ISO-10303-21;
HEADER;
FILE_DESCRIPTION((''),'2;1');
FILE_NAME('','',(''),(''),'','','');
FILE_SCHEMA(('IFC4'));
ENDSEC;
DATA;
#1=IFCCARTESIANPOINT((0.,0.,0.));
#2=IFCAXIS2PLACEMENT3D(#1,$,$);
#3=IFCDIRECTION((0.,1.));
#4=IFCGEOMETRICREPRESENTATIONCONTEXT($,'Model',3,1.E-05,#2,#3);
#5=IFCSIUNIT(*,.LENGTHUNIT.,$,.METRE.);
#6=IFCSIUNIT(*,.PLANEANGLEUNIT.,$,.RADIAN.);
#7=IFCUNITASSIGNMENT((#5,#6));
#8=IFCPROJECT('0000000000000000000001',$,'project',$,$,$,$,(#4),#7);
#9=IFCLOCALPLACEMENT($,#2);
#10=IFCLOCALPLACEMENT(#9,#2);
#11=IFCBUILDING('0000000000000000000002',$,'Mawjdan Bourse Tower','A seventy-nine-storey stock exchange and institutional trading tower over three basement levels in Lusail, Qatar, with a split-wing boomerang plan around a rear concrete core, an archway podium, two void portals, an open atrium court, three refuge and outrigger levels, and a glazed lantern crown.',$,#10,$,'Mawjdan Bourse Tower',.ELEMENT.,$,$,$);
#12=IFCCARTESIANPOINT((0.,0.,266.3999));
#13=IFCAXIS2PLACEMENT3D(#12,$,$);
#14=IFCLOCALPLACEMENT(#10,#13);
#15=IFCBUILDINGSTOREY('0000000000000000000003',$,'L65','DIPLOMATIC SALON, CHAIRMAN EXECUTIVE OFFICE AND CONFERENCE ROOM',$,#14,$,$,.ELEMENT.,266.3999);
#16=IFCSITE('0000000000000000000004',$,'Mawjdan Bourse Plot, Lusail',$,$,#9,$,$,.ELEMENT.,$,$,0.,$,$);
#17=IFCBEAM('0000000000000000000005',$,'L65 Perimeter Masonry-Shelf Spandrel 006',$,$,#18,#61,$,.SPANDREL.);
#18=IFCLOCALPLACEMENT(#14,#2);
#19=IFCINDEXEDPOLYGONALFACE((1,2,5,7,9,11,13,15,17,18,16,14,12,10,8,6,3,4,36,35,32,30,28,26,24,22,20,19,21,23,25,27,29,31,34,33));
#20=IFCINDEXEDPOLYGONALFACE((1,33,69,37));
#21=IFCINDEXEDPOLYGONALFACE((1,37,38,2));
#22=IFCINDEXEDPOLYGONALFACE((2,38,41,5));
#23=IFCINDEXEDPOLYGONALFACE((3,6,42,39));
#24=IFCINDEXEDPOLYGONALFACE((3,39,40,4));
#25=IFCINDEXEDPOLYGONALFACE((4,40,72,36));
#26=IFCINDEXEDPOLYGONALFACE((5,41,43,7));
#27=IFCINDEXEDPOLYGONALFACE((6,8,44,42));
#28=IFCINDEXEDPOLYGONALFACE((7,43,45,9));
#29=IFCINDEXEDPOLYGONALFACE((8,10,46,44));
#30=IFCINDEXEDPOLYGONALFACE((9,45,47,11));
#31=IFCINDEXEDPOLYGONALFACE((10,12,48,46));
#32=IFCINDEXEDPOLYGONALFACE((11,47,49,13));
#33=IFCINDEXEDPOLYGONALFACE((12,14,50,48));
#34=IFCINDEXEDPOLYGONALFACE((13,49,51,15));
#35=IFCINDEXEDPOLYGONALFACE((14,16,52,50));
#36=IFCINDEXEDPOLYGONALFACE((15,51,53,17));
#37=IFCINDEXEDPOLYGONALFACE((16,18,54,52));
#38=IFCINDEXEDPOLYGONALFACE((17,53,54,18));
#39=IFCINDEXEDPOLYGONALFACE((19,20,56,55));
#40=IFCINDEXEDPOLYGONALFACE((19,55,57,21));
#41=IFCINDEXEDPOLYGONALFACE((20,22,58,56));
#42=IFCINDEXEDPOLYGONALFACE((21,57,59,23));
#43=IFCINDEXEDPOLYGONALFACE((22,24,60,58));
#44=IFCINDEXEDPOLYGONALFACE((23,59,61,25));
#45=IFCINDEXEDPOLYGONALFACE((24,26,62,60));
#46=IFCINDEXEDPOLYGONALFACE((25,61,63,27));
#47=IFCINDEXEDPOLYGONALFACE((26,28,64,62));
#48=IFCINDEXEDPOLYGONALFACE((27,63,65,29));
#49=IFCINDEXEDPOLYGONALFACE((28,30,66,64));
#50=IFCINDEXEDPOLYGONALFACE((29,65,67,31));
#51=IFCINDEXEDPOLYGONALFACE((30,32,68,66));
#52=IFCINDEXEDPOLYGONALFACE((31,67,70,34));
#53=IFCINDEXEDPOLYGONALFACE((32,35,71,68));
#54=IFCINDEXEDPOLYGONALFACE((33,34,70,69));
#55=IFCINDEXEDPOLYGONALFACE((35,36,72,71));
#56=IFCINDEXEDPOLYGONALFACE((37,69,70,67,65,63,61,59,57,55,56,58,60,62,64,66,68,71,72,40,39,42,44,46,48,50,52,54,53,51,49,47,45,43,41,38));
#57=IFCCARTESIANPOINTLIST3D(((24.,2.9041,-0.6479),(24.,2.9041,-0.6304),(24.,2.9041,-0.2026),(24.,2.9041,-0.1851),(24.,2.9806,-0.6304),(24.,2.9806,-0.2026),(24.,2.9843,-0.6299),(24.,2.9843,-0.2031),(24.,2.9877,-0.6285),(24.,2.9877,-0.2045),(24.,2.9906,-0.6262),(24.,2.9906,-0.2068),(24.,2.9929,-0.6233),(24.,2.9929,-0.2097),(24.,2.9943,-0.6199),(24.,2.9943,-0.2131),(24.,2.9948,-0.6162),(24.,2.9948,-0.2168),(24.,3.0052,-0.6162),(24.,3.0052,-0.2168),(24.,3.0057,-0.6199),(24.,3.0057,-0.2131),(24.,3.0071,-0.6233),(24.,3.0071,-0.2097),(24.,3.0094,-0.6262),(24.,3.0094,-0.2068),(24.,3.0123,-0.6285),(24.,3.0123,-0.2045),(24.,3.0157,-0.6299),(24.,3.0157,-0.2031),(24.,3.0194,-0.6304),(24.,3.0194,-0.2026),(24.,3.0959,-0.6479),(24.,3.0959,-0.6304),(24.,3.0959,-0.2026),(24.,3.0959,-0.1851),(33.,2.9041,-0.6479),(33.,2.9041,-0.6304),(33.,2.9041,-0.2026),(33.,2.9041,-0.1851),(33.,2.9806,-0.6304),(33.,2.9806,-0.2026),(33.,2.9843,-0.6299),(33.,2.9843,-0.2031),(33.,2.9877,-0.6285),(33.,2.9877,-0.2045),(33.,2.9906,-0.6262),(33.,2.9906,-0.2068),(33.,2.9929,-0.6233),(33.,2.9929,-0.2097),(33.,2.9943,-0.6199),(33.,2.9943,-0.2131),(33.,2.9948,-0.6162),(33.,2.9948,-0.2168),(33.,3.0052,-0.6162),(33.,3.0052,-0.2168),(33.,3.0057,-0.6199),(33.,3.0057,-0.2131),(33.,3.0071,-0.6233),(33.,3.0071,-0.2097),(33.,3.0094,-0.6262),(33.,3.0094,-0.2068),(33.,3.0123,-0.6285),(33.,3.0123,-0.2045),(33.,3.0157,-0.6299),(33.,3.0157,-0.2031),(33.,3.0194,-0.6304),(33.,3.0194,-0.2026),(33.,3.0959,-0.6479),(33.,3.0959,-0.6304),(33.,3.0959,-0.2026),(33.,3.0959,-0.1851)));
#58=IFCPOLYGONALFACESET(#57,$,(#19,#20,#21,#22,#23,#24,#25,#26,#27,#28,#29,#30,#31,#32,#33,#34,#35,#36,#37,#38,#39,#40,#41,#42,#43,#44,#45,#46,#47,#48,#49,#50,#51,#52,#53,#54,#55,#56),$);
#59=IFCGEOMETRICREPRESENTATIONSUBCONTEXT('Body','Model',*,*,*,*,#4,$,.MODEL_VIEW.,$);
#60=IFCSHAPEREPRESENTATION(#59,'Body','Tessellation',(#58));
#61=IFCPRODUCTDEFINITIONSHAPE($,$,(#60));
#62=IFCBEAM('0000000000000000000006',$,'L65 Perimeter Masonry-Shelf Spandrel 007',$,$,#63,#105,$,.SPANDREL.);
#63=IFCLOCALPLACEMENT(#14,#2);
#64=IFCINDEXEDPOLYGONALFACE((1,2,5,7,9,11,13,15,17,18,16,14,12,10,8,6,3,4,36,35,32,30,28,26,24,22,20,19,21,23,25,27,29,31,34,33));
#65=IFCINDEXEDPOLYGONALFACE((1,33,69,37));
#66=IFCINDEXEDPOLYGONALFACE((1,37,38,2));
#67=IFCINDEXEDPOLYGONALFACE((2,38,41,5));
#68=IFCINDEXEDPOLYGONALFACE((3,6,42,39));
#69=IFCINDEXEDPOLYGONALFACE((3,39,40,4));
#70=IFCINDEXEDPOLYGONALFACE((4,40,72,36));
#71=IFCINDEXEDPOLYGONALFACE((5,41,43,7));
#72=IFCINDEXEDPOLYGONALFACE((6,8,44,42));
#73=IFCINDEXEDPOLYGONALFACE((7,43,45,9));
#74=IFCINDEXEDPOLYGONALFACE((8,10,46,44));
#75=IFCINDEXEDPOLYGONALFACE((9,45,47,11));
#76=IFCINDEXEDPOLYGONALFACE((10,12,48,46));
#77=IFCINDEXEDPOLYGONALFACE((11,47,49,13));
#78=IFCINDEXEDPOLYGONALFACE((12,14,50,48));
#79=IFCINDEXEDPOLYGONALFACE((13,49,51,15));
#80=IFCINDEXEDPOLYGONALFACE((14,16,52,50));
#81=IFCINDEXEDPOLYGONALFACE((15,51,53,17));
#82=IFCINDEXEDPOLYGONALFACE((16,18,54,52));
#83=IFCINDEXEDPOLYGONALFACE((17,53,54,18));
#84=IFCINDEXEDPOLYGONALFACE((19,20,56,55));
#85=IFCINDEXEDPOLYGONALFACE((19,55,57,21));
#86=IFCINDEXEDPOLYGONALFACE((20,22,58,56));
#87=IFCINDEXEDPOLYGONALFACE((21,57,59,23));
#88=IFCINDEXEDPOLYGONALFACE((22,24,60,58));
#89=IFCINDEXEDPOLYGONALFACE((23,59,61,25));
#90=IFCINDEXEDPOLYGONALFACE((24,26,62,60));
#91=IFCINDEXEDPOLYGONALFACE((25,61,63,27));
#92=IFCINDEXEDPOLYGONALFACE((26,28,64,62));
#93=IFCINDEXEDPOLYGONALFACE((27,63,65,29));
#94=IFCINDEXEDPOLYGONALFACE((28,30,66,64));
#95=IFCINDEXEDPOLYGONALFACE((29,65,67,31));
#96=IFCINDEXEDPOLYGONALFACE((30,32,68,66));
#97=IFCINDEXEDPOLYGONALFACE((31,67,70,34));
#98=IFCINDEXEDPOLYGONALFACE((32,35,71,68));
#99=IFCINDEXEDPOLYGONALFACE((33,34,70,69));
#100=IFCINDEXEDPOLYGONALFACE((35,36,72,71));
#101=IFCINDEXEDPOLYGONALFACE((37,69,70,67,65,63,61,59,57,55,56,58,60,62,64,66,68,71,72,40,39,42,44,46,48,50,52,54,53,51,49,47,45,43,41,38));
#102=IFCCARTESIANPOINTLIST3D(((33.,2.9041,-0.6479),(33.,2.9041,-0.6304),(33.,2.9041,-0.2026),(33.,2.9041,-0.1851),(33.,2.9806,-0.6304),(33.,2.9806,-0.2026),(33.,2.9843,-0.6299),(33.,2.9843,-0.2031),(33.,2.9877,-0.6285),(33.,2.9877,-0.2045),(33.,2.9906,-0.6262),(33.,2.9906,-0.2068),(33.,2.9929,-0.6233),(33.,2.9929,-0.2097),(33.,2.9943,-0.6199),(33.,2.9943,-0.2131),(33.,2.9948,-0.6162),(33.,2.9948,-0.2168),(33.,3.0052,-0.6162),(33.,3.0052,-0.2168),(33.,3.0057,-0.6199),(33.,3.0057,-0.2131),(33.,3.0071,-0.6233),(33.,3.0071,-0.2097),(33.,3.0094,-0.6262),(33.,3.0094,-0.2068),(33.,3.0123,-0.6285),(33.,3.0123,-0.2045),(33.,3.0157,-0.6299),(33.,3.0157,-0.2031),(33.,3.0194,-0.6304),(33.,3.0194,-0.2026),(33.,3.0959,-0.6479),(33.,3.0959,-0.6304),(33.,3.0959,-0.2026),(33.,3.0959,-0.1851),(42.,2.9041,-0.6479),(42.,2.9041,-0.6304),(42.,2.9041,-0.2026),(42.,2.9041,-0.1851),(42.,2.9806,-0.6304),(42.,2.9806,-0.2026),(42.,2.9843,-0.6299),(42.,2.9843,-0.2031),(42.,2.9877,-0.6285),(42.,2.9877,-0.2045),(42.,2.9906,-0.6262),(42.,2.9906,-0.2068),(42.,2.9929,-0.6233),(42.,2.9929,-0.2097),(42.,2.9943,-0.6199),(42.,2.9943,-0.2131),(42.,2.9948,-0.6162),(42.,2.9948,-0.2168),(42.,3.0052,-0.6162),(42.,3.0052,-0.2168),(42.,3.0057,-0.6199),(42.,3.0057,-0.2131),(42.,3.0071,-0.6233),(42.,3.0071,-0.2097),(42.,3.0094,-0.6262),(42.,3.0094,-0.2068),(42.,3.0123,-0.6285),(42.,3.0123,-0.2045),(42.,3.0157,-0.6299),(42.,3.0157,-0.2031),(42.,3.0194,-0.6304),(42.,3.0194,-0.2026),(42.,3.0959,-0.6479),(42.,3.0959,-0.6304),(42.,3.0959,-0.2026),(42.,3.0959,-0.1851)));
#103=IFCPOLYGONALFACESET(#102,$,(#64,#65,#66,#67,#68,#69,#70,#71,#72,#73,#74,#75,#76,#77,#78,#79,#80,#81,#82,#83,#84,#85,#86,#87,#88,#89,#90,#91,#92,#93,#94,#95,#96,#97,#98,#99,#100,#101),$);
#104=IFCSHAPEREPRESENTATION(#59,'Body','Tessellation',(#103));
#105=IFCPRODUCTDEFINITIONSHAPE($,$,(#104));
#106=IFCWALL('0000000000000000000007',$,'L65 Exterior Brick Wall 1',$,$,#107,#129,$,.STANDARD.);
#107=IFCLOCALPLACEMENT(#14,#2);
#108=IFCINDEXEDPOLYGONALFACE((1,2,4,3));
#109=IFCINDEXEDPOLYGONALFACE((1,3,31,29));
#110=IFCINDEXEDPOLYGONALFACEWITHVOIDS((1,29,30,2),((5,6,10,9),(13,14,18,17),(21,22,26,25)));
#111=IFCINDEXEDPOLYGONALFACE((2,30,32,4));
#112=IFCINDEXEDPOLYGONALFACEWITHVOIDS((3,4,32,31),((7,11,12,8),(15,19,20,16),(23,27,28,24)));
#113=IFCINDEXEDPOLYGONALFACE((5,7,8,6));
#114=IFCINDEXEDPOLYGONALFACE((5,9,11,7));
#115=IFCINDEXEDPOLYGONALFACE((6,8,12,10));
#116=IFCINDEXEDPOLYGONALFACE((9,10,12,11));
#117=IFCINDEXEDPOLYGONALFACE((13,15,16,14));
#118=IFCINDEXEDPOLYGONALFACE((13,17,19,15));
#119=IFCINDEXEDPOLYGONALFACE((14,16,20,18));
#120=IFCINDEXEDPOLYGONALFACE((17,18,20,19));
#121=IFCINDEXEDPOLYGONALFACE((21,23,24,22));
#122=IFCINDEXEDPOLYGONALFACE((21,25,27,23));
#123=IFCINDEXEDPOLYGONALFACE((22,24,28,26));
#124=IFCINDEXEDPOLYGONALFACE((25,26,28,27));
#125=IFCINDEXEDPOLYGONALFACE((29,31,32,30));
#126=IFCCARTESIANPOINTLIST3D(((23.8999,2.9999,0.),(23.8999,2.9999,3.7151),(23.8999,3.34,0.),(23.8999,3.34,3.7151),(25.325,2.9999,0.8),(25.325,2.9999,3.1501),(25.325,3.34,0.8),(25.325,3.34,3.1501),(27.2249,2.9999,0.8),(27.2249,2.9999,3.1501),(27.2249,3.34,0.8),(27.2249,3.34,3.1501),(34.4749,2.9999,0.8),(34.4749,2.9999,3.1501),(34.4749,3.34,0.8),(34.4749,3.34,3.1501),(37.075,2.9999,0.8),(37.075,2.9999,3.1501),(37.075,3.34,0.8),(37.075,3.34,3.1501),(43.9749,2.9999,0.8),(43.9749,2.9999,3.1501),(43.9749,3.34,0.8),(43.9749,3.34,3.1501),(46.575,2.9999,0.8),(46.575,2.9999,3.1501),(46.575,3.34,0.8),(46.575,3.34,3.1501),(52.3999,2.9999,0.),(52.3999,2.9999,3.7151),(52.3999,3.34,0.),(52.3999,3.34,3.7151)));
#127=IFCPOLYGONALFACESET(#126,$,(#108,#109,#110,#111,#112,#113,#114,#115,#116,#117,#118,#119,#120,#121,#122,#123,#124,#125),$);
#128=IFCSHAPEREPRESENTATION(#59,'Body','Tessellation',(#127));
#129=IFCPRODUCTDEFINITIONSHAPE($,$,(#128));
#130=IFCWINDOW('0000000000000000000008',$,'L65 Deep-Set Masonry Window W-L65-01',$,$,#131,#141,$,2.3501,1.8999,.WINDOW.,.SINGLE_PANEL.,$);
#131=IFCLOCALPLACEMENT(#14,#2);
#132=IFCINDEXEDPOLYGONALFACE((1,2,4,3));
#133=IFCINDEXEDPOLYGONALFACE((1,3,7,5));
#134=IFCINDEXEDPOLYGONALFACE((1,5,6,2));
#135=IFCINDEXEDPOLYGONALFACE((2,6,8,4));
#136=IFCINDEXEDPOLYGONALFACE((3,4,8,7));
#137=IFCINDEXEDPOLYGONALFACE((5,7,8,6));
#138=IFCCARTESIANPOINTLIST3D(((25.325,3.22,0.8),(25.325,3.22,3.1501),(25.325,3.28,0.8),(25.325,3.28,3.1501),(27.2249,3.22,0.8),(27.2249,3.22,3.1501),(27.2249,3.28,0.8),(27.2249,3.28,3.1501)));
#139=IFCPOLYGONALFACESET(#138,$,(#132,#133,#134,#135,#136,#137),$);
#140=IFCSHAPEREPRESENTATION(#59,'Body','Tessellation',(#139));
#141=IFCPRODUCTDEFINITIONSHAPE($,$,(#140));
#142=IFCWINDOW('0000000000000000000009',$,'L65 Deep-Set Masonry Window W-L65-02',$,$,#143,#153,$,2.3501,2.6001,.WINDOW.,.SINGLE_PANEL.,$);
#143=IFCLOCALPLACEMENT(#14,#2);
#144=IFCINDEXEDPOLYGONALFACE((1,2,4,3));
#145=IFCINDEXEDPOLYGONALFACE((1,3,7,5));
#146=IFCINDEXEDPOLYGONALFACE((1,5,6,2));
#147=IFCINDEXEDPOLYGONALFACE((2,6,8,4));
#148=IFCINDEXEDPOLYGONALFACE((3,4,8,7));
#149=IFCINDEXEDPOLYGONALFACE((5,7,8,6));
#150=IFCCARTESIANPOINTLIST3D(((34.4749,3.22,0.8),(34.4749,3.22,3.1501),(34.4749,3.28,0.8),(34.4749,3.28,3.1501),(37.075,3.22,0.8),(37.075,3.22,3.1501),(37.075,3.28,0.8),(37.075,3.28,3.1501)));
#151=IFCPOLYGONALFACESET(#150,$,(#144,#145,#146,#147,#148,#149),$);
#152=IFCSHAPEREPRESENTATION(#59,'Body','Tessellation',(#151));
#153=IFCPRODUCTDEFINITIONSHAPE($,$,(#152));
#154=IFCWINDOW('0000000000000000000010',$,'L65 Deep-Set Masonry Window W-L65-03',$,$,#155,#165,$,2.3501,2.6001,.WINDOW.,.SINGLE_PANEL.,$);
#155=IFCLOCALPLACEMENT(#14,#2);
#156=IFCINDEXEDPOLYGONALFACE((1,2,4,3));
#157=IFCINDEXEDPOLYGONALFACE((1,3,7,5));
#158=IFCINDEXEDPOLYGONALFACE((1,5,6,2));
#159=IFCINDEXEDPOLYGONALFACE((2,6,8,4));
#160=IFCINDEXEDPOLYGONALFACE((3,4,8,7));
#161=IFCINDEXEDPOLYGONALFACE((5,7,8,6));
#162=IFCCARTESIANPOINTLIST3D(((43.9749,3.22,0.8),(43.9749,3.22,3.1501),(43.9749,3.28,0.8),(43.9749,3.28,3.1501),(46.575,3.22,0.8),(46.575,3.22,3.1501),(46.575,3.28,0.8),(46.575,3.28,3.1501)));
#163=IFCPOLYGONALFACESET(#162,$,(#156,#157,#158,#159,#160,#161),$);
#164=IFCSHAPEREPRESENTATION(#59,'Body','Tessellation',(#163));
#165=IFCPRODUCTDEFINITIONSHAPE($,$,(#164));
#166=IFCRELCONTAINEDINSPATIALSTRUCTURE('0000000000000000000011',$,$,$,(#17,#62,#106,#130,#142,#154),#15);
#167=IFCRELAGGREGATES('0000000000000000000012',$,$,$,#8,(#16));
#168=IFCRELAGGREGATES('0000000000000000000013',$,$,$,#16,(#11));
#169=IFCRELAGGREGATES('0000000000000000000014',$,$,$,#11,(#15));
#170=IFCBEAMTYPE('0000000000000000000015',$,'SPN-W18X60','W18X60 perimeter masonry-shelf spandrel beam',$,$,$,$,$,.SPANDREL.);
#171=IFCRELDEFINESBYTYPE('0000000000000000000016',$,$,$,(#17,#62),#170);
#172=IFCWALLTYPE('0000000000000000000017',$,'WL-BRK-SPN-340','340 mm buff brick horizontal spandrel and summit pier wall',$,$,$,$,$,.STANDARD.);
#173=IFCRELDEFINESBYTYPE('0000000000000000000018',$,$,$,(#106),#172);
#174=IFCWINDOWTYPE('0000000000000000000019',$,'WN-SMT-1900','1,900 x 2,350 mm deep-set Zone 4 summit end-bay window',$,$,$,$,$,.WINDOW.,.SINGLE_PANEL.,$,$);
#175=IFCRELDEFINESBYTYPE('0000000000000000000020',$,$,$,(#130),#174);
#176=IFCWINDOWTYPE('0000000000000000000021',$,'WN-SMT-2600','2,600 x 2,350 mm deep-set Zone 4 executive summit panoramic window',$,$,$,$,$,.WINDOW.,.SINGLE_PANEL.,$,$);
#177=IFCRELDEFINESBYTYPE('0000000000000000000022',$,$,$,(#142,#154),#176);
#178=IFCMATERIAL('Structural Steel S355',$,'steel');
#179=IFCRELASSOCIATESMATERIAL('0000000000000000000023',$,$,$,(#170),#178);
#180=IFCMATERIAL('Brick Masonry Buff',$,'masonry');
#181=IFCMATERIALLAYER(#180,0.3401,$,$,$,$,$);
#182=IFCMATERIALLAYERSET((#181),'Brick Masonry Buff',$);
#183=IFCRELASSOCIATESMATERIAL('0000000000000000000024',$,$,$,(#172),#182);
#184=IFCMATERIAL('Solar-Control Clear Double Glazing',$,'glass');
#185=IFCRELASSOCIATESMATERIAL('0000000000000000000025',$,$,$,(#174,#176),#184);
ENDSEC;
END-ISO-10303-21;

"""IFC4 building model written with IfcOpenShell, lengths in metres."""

from ifc_helpers import new_model, si_unit, direction, frame, frame_2d, origin, origin_2d, place, context, subcontext, project, spatial, rectangle, i_section, extrude, material, layer, layer_set, material_profile, profile_set, type_object, element, fill, save


model = new_model("IFC4")

# Units and contexts
model_context = context("Model", 3, precision=1e-05, world=origin(), true_north=direction((0.0, 1.0)))
body_context = subcontext(model_context, "Body", "Model", "MODEL_VIEW")
ifc_project = project(units=[si_unit("LENGTHUNIT", "METRE"), si_unit("PLANEANGLEUNIT", "RADIAN")], contexts=[model_context])

# Site, building, storey
site_placement = place(None, origin())
site = spatial("IfcSite", under=ifc_project, at=site_placement, Name="Mawjdan Bourse Plot, Lusail", CompositionType="ELEMENT", RefElevation=0.0)
building_placement = place(site_placement, origin())
building = spatial("IfcBuilding", under=site, at=building_placement, Name="Mawjdan Bourse Tower", Description="A seventy-nine-storey stock exchange and institutional trading tower over three basement levels in Lusail, Qatar, with a split-wing boomerang plan around a rear concrete core, an archway podium, two void portals, an open atrium court, three refuge and outrigger levels, and a glazed lantern crown.", LongName="Mawjdan Bourse Tower", CompositionType="ELEMENT")
storey_placement = place(building_placement, frame((0.0, 0.0, 266.3999)))
storey = spatial("IfcBuildingStorey", under=building, at=storey_placement, Name="L65", Description="DIPLOMATIC SALON, CHAIRMAN EXECUTIVE OFFICE AND CONFERENCE ROOM", CompositionType="ELEMENT", Elevation=266.3999)

# Beams
ifc_material_1 = material(Name="Structural Steel S355", Category="steel")
ifc_material_profile_1 = material_profile(ifc_material_1, i_section(OverallWidth=0.1919, OverallDepth=0.4629, WebThickness=0.0105, FlangeThickness=0.0176, FilletRadius=0.0142, at=origin_2d()), Name="W18X60")
ifc_profile_set_1 = profile_set([ifc_material_profile_1], Name="Structural Steel S355")
beam_type_1 = type_object("IfcBeamType", Name="SPN-W18X60", Description="W18X60 perimeter masonry-shelf spandrel beam", PredefinedType="SPANDREL", material=ifc_profile_set_1)
for number, where, z_axis, x_axis, name in (
    (1, (24.0, 3.0, -0.4165), (1.0, 0.0, 0.0), (0.0, 1.0, 0.0), "L65 Perimeter Masonry-Shelf Spandrel 006"),
    (2, (33.0, 3.0, -0.4165), (1.0, 0.0, 0.0), (0.0, 1.0, 0.0), "L65 Perimeter Masonry-Shelf Spandrel 007"),
):
    element("IfcBeam", number, at=place(storey_placement, frame(where, z_axis=z_axis, x_axis=x_axis)), inside=storey, type_object=beam_type_1, Name=name, PredefinedType="SPANDREL", context=body_context, shape_type="SweptSolid", body=[
        extrude(i_section(OverallWidth=0.1919, OverallDepth=0.4629, WebThickness=0.0105, FlangeThickness=0.0176, FilletRadius=0.0142, at=origin_2d()), origin(), (0.0, 0.0, 1.0), 9.0),
    ])

# Wall, openings, windows
ifc_material_2 = material(Name="Brick Masonry Buff", Category="masonry")
ifc_layer_1 = layer(ifc_material_2, 0.3401)
ifc_layer_set_1 = layer_set([ifc_layer_1], Name="Brick Masonry Buff")
wall_type_1 = type_object("IfcWallType", Name="WL-BRK-SPN-340", Description="340 mm buff brick horizontal spandrel and summit pier wall", PredefinedType="STANDARD", material=ifc_layer_set_1)
wall_1_placement = place(storey_placement, frame((23.8999, 3.1699, 0.0), z_axis=(0.0, 0.0, 1.0), x_axis=(1.0, 0.0, 0.0)))
wall_1 = element("IfcWall", 3, at=wall_1_placement, inside=storey, type_object=wall_type_1, Name="L65 Exterior Brick Wall 1", PredefinedType="STANDARD", context=body_context, shape_type="SweptSolid", body=[
    extrude(rectangle(XDim=28.5, YDim=0.3401, at=frame_2d((14.25, 0.0))), origin(), (0.0, 0.0, 1.0), 3.7151),
])
opening_1_placement = place(wall_1_placement, frame((1.425, 0.0, 0.8)))
opening_1 = element("IfcOpeningElement", 4, at=opening_1_placement, cuts=wall_1, PredefinedType="OPENING", context=body_context, shape_type="SweptSolid", body=[
    extrude(rectangle(XDim=1.8999, YDim=2.3501, at=frame_2d((0.95, 1.175))), frame((0.0, 0.1802, 0.0), z_axis=(0.0, -1.0, 0.0), x_axis=(1.0, 0.0, 0.0)), (0.0, 0.0, 1.0), 0.3601),
])
opening_2_placement = place(wall_1_placement, frame((10.575, 0.0, 0.8)))
opening_2 = element("IfcOpeningElement", 5, at=opening_2_placement, cuts=wall_1, PredefinedType="OPENING", context=body_context, shape_type="SweptSolid", body=[
    extrude(rectangle(XDim=2.6001, YDim=2.3501, at=frame_2d((1.3, 1.175))), frame((0.0, 0.1802, 0.0), z_axis=(0.0, -1.0, 0.0), x_axis=(1.0, 0.0, 0.0)), (0.0, 0.0, 1.0), 0.3601),
])
opening_3_placement = place(wall_1_placement, frame((20.075, 0.0, 0.8)))
opening_3 = element("IfcOpeningElement", 6, at=opening_3_placement, cuts=wall_1, PredefinedType="OPENING", context=body_context, shape_type="SweptSolid", body=[
    extrude(rectangle(XDim=2.6001, YDim=2.3501, at=frame_2d((1.3, 1.175))), frame((0.0, 0.1802, 0.0), z_axis=(0.0, -1.0, 0.0), x_axis=(1.0, 0.0, 0.0)), (0.0, 0.0, 1.0), 0.3601),
])
ifc_material_3 = material(Name="Solar-Control Clear Double Glazing", Category="glass")
window_type_1 = type_object("IfcWindowType", Name="WN-SMT-1900", Description="1,900 x 2,350 mm deep-set Zone 4 summit end-bay window", PartitioningType="SINGLE_PANEL", PredefinedType="WINDOW", material=ifc_material_3)
window_1_placement = place(opening_1_placement, origin())
window_1 = element("IfcWindow", 7, at=window_1_placement, inside=storey, type_object=window_type_1, Name="L65 Deep-Set Masonry Window W-L65-01", OverallHeight=2.3501, OverallWidth=1.8999, PartitioningType="SINGLE_PANEL", PredefinedType="WINDOW", context=body_context, shape_type="SweptSolid", body=[
    extrude(rectangle(XDim=1.8999, YDim=2.3501, at=frame_2d((0.95, 1.175))), frame((0.0, 0.1101, 0.0), z_axis=(0.0, -1.0, 0.0), x_axis=(1.0, 0.0, 0.0)), (0.0, 0.0, 1.0), 0.0601),
])
fill(opening_1, window_1)
window_type_2 = type_object("IfcWindowType", Name="WN-SMT-2600", Description="2,600 x 2,350 mm deep-set Zone 4 executive summit panoramic window", PartitioningType="SINGLE_PANEL", PredefinedType="WINDOW", material=ifc_material_3)
window_2_placement = place(opening_2_placement, origin())
window_2 = element("IfcWindow", 8, at=window_2_placement, inside=storey, type_object=window_type_2, Name="L65 Deep-Set Masonry Window W-L65-02", OverallHeight=2.3501, OverallWidth=2.6001, PartitioningType="SINGLE_PANEL", PredefinedType="WINDOW", context=body_context, shape_type="SweptSolid", body=[
    extrude(rectangle(XDim=2.6001, YDim=2.3501, at=frame_2d((1.3, 1.175))), frame((0.0, 0.1101, 0.0), z_axis=(0.0, -1.0, 0.0), x_axis=(1.0, 0.0, 0.0)), (0.0, 0.0, 1.0), 0.0601),
])
fill(opening_2, window_2)
window_3_placement = place(opening_3_placement, origin())
window_3 = element("IfcWindow", 9, at=window_3_placement, inside=storey, type_object=window_type_2, Name="L65 Deep-Set Masonry Window W-L65-03", OverallHeight=2.3501, OverallWidth=2.6001, PartitioningType="SINGLE_PANEL", PredefinedType="WINDOW", context=body_context, shape_type="SweptSolid", body=[
    extrude(rectangle(XDim=2.6001, YDim=2.3501, at=frame_2d((1.3, 1.175))), frame((0.0, 0.1101, 0.0), z_axis=(0.0, -1.0, 0.0), x_axis=(1.0, 0.0, 0.0)), (0.0, 0.0, 1.0), 0.0601),
])
fill(opening_3, window_3)

save(model, "model.ifc")
